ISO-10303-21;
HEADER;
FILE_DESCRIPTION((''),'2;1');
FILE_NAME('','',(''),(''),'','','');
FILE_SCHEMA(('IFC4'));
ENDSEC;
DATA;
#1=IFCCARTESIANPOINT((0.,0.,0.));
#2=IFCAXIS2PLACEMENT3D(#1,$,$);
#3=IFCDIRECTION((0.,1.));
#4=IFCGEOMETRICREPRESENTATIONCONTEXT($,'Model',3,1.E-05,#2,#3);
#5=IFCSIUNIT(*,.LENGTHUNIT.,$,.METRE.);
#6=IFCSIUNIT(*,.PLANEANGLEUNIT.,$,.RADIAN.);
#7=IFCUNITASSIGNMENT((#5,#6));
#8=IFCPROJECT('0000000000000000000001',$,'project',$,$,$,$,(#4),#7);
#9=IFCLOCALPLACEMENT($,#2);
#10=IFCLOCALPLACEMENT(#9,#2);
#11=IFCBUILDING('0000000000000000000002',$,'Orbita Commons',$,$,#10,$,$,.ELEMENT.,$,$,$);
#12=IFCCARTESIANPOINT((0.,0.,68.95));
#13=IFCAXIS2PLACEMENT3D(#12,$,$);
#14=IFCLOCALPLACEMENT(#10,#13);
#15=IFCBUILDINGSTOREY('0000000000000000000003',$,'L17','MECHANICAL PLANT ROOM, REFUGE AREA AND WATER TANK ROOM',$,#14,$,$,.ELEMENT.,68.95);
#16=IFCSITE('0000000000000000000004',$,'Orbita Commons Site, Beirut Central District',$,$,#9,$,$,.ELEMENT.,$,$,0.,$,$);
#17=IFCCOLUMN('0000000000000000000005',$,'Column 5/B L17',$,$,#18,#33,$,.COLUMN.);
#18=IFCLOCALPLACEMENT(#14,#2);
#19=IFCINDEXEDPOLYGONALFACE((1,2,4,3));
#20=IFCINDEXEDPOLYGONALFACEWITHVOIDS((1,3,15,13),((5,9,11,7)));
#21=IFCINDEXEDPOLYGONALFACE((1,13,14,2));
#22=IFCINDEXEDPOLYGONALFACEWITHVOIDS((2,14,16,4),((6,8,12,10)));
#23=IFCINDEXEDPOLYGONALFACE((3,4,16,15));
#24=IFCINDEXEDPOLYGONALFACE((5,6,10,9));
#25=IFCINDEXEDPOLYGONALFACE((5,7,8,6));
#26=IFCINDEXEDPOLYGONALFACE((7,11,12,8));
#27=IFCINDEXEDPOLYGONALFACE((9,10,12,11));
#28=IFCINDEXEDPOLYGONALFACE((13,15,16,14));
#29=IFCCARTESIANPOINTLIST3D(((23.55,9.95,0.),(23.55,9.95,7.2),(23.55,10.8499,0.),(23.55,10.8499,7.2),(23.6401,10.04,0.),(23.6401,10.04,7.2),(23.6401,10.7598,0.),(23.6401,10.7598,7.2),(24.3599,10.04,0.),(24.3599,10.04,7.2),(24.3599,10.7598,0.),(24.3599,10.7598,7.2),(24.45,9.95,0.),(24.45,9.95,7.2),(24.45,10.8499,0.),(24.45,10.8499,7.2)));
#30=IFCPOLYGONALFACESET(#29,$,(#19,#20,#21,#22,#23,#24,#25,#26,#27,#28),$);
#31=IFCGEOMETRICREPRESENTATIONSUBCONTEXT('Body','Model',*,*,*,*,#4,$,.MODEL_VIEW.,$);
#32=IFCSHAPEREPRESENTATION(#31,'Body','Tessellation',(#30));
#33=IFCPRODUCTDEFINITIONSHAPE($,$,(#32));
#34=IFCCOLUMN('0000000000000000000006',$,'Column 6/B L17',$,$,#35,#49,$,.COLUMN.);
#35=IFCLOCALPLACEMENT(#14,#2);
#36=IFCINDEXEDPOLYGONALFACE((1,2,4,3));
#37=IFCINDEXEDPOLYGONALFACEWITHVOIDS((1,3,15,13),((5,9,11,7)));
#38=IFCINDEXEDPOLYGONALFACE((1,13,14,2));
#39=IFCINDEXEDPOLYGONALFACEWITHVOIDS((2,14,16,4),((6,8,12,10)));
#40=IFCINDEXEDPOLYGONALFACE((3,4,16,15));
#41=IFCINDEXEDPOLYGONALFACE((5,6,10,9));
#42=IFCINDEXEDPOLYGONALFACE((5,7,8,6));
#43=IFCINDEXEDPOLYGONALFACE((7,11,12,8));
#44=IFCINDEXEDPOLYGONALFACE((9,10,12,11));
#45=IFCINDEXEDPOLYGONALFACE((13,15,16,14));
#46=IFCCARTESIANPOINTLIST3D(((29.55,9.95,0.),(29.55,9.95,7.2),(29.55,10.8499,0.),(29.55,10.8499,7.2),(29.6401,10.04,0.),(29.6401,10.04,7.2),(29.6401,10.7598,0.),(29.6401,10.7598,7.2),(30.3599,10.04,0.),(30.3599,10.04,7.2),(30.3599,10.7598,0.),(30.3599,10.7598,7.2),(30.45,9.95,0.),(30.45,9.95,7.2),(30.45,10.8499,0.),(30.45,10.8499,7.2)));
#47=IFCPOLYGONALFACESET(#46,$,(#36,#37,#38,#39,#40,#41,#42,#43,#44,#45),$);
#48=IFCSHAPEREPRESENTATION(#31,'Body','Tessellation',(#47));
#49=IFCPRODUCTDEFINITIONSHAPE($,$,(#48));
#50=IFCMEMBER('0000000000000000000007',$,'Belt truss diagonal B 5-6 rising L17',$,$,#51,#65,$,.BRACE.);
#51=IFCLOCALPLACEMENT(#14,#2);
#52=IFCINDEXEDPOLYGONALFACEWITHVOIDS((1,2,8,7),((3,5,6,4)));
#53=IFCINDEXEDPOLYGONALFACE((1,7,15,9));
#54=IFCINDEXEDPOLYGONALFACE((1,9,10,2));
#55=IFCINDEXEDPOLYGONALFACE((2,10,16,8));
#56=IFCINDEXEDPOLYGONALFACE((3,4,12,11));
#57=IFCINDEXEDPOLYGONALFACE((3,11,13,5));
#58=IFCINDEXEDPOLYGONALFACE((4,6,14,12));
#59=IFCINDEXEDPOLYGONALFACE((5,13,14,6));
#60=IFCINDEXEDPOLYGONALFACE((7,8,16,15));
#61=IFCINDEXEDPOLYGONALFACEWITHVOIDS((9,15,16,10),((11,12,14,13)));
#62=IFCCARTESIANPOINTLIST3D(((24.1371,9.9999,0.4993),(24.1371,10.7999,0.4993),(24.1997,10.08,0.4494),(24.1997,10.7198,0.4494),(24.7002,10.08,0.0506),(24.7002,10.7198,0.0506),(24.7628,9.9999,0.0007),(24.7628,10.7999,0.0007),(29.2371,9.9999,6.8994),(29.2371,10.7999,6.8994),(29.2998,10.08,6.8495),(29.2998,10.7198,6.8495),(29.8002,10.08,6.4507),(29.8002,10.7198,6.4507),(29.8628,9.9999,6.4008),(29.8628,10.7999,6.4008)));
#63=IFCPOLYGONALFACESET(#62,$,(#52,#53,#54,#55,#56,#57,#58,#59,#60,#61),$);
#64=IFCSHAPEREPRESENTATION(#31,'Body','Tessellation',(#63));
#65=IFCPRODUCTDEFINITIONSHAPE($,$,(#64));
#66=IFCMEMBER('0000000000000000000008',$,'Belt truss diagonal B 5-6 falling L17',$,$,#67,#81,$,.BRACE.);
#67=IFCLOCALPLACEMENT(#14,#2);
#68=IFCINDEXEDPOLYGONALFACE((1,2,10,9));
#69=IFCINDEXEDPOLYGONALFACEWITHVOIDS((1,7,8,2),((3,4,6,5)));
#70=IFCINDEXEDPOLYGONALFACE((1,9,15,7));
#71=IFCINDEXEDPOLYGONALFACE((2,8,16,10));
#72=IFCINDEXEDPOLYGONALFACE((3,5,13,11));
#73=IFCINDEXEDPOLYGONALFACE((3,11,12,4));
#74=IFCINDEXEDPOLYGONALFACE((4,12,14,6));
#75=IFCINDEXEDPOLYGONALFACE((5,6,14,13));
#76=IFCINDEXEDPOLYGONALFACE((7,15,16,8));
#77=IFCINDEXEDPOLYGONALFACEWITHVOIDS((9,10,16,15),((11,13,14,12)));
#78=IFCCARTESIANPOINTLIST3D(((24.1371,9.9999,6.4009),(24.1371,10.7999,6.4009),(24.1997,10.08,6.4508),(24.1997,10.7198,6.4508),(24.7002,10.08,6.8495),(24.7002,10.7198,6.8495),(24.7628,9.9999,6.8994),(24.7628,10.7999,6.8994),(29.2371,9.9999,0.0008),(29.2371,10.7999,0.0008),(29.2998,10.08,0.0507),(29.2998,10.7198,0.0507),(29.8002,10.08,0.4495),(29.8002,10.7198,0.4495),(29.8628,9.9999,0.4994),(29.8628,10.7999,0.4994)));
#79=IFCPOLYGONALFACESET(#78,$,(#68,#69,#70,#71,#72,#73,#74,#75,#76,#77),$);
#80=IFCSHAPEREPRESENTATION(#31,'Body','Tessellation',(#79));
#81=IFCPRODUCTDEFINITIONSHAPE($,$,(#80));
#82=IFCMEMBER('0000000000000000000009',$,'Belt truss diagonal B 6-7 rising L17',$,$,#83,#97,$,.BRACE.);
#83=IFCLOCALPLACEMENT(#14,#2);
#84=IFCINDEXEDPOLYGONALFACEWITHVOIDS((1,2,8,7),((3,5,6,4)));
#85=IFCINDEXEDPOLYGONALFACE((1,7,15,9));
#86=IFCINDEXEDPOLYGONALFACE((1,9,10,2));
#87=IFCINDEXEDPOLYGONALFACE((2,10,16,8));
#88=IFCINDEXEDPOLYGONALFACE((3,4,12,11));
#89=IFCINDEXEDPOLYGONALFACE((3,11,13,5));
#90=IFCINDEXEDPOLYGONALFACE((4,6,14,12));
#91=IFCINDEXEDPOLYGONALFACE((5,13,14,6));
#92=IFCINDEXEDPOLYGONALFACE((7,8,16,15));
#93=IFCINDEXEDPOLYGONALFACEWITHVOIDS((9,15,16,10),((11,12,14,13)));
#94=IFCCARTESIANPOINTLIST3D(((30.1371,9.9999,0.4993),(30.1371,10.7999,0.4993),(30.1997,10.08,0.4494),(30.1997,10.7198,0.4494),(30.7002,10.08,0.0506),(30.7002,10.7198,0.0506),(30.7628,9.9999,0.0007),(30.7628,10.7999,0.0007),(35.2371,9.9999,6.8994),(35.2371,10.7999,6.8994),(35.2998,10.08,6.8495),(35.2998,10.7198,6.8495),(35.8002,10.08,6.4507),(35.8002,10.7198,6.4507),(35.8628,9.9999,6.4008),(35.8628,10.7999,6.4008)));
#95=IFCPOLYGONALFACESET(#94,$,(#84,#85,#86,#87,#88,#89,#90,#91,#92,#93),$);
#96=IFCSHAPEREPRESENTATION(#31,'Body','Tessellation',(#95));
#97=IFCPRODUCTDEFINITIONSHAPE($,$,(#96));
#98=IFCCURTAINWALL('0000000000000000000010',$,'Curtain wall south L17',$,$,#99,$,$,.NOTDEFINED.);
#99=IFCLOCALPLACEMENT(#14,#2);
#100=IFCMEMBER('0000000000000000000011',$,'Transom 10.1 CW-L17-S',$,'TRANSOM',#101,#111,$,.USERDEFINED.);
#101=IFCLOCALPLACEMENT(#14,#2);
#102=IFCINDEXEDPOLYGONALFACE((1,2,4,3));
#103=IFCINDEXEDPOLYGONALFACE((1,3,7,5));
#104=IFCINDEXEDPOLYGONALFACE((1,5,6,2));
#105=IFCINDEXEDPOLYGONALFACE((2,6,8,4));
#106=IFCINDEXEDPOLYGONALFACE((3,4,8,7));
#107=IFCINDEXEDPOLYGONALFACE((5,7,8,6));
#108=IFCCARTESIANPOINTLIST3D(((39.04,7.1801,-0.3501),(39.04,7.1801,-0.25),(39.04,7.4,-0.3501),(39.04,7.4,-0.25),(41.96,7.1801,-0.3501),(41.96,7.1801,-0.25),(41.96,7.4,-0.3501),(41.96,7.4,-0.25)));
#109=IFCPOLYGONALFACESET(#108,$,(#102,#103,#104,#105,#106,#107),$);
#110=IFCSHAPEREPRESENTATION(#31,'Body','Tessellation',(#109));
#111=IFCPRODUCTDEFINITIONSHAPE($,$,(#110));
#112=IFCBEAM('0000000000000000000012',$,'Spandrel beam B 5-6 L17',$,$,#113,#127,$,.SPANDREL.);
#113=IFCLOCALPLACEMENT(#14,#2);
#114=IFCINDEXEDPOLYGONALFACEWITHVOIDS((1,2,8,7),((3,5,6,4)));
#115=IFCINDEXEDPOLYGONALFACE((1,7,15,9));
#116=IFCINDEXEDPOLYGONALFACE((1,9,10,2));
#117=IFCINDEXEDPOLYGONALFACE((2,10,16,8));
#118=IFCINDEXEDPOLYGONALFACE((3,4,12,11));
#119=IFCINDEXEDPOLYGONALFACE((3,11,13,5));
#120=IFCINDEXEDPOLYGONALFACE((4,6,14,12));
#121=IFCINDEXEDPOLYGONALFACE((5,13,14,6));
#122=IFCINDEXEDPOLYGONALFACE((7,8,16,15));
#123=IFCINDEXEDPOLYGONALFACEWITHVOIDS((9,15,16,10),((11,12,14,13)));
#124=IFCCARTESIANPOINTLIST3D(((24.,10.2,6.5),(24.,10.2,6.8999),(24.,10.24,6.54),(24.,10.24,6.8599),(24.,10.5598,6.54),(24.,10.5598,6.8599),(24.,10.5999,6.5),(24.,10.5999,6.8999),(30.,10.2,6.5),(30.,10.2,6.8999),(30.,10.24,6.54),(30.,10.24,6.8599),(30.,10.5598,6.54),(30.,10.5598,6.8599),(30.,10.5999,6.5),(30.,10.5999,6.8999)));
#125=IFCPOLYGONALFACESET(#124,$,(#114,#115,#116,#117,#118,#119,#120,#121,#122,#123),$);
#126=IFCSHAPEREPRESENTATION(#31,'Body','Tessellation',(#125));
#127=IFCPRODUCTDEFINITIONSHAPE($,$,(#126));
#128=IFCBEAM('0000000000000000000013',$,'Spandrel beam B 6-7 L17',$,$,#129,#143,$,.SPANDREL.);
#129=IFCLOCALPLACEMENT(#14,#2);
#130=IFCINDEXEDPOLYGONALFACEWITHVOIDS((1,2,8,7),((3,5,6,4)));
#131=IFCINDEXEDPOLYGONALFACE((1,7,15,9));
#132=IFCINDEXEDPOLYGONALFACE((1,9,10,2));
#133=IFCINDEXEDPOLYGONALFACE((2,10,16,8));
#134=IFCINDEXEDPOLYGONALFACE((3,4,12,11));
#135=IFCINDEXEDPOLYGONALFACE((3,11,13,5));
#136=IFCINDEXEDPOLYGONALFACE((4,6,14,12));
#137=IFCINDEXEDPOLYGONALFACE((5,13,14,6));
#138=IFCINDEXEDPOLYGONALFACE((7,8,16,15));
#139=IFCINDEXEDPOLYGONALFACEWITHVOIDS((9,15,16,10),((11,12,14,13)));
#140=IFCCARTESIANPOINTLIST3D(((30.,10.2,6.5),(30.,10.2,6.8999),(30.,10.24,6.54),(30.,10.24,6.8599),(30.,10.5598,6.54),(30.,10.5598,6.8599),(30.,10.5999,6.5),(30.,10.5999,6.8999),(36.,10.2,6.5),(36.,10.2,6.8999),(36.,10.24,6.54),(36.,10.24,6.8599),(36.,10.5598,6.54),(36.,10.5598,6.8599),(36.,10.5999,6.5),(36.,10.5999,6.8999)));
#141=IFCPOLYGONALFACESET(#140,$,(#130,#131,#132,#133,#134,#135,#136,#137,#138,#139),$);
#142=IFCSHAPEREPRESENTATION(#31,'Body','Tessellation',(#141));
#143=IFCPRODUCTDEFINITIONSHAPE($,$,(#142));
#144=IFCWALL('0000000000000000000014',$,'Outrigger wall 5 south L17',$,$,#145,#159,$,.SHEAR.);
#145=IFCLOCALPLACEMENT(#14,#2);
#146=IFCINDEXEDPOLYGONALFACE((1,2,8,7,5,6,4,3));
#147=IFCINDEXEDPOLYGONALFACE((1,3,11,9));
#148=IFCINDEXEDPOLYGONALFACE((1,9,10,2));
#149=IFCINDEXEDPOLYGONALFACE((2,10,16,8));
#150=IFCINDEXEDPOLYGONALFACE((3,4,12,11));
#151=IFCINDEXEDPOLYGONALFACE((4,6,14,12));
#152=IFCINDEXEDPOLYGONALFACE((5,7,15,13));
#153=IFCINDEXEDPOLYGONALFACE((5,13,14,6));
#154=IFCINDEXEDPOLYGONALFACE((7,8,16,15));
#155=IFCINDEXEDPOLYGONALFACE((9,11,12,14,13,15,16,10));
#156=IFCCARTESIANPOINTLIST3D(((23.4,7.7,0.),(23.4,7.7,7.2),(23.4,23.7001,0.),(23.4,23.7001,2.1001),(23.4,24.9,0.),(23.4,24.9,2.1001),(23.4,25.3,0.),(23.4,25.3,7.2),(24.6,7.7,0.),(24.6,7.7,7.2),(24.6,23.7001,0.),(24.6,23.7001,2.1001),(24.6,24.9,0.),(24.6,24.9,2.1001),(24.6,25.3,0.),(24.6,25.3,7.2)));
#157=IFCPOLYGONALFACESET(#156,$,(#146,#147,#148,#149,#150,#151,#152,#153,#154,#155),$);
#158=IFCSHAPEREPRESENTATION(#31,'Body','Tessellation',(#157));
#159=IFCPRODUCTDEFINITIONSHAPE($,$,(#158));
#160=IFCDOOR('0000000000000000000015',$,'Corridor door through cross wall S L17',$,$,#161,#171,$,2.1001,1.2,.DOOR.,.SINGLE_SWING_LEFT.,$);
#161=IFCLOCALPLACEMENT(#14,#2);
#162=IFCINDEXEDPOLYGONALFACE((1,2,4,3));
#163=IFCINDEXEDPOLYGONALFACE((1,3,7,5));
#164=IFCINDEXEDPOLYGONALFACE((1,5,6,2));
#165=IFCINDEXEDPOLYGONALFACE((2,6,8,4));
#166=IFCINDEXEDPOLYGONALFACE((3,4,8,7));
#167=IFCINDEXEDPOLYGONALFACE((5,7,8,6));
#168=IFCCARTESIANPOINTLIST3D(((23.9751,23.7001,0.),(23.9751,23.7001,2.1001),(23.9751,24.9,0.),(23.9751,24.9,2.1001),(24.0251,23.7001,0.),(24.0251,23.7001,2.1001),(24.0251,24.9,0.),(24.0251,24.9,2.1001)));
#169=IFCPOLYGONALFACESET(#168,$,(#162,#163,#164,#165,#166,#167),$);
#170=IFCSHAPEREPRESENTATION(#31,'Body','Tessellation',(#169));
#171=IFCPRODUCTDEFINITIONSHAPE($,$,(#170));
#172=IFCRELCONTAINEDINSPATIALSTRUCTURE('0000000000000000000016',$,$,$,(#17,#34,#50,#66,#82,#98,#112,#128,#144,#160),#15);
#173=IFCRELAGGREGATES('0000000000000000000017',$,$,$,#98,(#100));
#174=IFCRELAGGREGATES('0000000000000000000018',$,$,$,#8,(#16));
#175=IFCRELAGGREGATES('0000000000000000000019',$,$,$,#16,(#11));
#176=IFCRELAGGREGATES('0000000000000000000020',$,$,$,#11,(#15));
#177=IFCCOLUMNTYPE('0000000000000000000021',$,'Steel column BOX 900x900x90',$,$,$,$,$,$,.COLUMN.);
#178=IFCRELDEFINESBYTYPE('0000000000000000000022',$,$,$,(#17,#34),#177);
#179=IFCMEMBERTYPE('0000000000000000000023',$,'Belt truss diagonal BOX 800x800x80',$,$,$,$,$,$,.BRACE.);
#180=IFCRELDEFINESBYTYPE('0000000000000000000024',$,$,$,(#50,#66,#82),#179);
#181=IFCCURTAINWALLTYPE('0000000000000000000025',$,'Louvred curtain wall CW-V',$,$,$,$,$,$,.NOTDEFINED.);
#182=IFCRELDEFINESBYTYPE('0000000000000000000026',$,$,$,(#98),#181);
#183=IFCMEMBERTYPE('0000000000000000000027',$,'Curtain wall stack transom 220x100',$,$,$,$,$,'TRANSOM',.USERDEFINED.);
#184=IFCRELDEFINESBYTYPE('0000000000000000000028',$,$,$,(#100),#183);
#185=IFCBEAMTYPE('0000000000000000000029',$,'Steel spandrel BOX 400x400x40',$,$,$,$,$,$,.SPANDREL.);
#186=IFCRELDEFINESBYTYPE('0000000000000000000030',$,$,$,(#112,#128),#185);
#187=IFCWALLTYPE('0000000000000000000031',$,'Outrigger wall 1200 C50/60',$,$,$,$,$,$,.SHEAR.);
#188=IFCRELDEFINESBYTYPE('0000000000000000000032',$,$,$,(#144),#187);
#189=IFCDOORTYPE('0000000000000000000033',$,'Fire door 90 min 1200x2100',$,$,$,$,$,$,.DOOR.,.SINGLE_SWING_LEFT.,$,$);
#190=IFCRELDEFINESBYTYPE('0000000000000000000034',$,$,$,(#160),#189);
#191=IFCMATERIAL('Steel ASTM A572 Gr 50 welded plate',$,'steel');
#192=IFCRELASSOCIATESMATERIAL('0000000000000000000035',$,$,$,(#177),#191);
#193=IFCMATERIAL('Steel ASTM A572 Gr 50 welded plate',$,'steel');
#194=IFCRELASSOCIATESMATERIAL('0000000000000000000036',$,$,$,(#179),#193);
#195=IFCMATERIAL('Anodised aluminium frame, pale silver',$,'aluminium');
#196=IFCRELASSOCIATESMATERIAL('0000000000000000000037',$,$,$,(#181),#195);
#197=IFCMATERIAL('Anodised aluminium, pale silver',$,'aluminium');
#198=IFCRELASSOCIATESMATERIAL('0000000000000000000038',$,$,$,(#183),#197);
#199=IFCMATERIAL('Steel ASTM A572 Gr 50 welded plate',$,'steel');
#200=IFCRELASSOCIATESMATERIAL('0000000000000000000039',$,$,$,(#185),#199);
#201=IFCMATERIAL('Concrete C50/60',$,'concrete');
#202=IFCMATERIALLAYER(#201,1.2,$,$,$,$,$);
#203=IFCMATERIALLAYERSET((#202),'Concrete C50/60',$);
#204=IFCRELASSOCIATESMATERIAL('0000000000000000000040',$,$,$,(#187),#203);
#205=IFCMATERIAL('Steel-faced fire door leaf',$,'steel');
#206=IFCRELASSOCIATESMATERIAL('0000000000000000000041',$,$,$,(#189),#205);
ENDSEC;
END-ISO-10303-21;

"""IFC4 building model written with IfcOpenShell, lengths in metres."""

from ifc_helpers import new_model, si_unit, direction, frame, frame_2d, origin, origin_2d, place, context, subcontext, project, spatial, rectangle, hollow_rectangle, extrude, material, layer, layer_set, material_profile, profile_set, type_object, element, fill, aggregate, save


model = new_model("IFC4")

# Units and contexts
model_context = context("Model", 3, precision=1e-05, world=origin(), true_north=direction((0.0, 1.0)))
body_context = subcontext(model_context, "Body", "Model", "MODEL_VIEW")
ifc_project = project(units=[si_unit("LENGTHUNIT", "METRE"), si_unit("PLANEANGLEUNIT", "RADIAN")], contexts=[model_context])

# Site, building, storey
site_placement = place(None, origin())
site = spatial("IfcSite", under=ifc_project, at=site_placement, Name="Orbita Commons Site, Beirut Central District", CompositionType="ELEMENT", RefElevation=0.0)
building_placement = place(site_placement, origin())
building = spatial("IfcBuilding", under=site, at=building_placement, Name="Orbita Commons", CompositionType="ELEMENT")
storey_placement = place(building_placement, frame((0.0, 0.0, 68.95)))
storey = spatial("IfcBuildingStorey", under=building, at=storey_placement, Name="L17", Description="MECHANICAL PLANT ROOM, REFUGE AREA AND WATER TANK ROOM", CompositionType="ELEMENT", Elevation=68.95)

# Columns
ifc_material_1 = material(Name="Steel ASTM A572 Gr 50 welded plate", Category="steel")
ifc_material_profile_1 = material_profile(ifc_material_1, hollow_rectangle(XDim=0.8999, YDim=0.8999, WallThickness=0.0901, at=origin_2d()), Name="BOX 900x900x90")
ifc_profile_set_1 = profile_set([ifc_material_profile_1], Name="Steel ASTM A572 Gr 50 welded plate")
column_type = type_object("IfcColumnType", Name="Steel column BOX 900x900x90", PredefinedType="COLUMN", material=ifc_profile_set_1)
for number, where, z_axis, x_axis, name in (
    (1, (24.0, 10.3999, 0.0), (0.0, 0.0, 1.0), (1.0, 0.0, 0.0), "Column 5/B L17"),
    (2, (30.0, 10.3999, 0.0), (0.0, 0.0, 1.0), (1.0, 0.0, 0.0), "Column 6/B L17"),
):
    element("IfcColumn", number, at=place(storey_placement, frame(where, z_axis=z_axis, x_axis=x_axis)), inside=storey, type_object=column_type, Name=name, PredefinedType="COLUMN", context=body_context, shape_type="SweptSolid", body=[
        extrude(hollow_rectangle(XDim=0.8999, YDim=0.8999, WallThickness=0.0901, at=origin_2d()), origin(), (0.0, 0.0, 1.0), 7.2),
    ])

# Members
ifc_material_2 = material(Name="Steel ASTM A572 Gr 50 welded plate", Category="steel")
ifc_material_profile_2 = material_profile(ifc_material_2, hollow_rectangle(XDim=0.8, YDim=0.8, WallThickness=0.0801, at=origin_2d()), Name="BOX 800x800x80")
ifc_profile_set_2 = profile_set([ifc_material_profile_2], Name="Steel ASTM A572 Gr 50 welded plate")
member_type_1 = type_object("IfcMemberType", Name="Belt truss diagonal BOX 800x800x80", PredefinedType="BRACE", material=ifc_profile_set_2)
for number, where, z_axis, x_axis, name in (
    (3, (24.45, 10.3999, 0.25), (0.623202, 0.0, 0.782061), (0.0, 1.0, 0.0), "Belt truss diagonal B 5-6 rising L17"),
    (4, (24.45, 10.3999, 6.6501), (0.623202, 0.0, -0.782061), (0.0, 1.0, 0.0), "Belt truss diagonal B 5-6 falling L17"),
    (5, (30.45, 10.3999, 0.25), (0.623202, 0.0, 0.782061), (0.0, 1.0, 0.0), "Belt truss diagonal B 6-7 rising L17"),
):
    element("IfcMember", number, at=place(storey_placement, frame(where, z_axis=z_axis, x_axis=x_axis)), inside=storey, type_object=member_type_1, Name=name, PredefinedType="BRACE", context=body_context, shape_type="SweptSolid", body=[
        extrude(hollow_rectangle(XDim=0.8, YDim=0.8, WallThickness=0.0801, at=origin_2d()), origin(), (0.0, 0.0, 1.0), 8.1836),
    ])

# Curtain wall, member
ifc_material_3 = material(Name="Anodised aluminium frame, pale silver", Category="aluminium")
curtain_wall_type = type_object("IfcCurtainWallType", Name="Louvred curtain wall CW-V", PredefinedType="NOTDEFINED", material=ifc_material_3)
curtain_wall_placement = place(storey_placement, origin())
curtain_wall = element("IfcCurtainWall", 6, at=curtain_wall_placement, inside=storey, type_object=curtain_wall_type, Name="Curtain wall south L17", PredefinedType="NOTDEFINED")
ifc_material_4 = material(Name="Anodised aluminium, pale silver", Category="aluminium")
ifc_material_profile_3 = material_profile(ifc_material_4, rectangle(XDim=0.22, YDim=0.1001, at=origin_2d()), Name="AL 220x100")
ifc_profile_set_3 = profile_set([ifc_material_profile_3], Name="Anodised aluminium, pale silver")
member_type_2 = type_object("IfcMemberType", Name="Curtain wall stack transom 220x100", ElementType="TRANSOM", PredefinedType="USERDEFINED", material=ifc_profile_set_3)
member_placement = place(storey_placement, frame((39.04, 7.29, -0.3), z_axis=(1.0, 0.0, 0.0), x_axis=(0.0, 1.0, 0.0)))
member = element("IfcMember", 7, at=member_placement, type_object=member_type_2, Name="Transom 10.1 CW-L17-S", ObjectType="TRANSOM", PredefinedType="USERDEFINED", context=body_context, shape_type="SweptSolid", body=[
    extrude(rectangle(XDim=0.22, YDim=0.1001, at=origin_2d()), origin(), (0.0, 0.0, 1.0), 2.9199),
])
aggregate(curtain_wall, [member])

# Beams
ifc_material_5 = material(Name="Steel ASTM A572 Gr 50 welded plate", Category="steel")
ifc_material_profile_4 = material_profile(ifc_material_5, hollow_rectangle(XDim=0.3999, YDim=0.3999, WallThickness=0.04, at=origin_2d()), Name="BOX 400x400x40")
ifc_profile_set_4 = profile_set([ifc_material_profile_4], Name="Steel ASTM A572 Gr 50 welded plate")
beam_type = type_object("IfcBeamType", Name="Steel spandrel BOX 400x400x40", PredefinedType="SPANDREL", material=ifc_profile_set_4)
for number, where, z_axis, x_axis, name in (
    (8, (24.0, 10.3999, 6.7), (1.0, 0.0, 0.0), (0.0, 1.0, 0.0), "Spandrel beam B 5-6 L17"),
    (9, (30.0, 10.3999, 6.7), (1.0, 0.0, 0.0), (0.0, 1.0, 0.0), "Spandrel beam B 6-7 L17"),
):
    element("IfcBeam", number, at=place(storey_placement, frame(where, z_axis=z_axis, x_axis=x_axis)), inside=storey, type_object=beam_type, Name=name, PredefinedType="SPANDREL", context=body_context, shape_type="SweptSolid", body=[
        extrude(hollow_rectangle(XDim=0.3999, YDim=0.3999, WallThickness=0.04, at=origin_2d()), origin(), (0.0, 0.0, 1.0), 6.0),
    ])

# Wall, opening, door
ifc_material_6 = material(Name="Concrete C50/60", Category="concrete")
ifc_layer_1 = layer(ifc_material_6, 1.2)
ifc_layer_set_1 = layer_set([ifc_layer_1], Name="Concrete C50/60")
wall_type_1 = type_object("IfcWallType", Name="Outrigger wall 1200 C50/60", PredefinedType="SHEAR", material=ifc_layer_set_1)
wall_1_placement = place(storey_placement, frame((24.0, 7.7, 0.0), z_axis=(0.0, 0.0, 1.0), x_axis=(0.0, 1.0, 0.0)))
wall_1 = element("IfcWall", 10, at=wall_1_placement, inside=storey, type_object=wall_type_1, Name="Outrigger wall 5 south L17", PredefinedType="SHEAR", context=body_context, shape_type="SweptSolid", body=[
    extrude(rectangle(XDim=17.6001, YDim=1.2, at=frame_2d((8.8, 0.0))), origin(), (0.0, 0.0, 1.0), 7.2),
])
opening_1_placement = place(wall_1_placement, frame((16.0, 0.0, 0.0)))
opening_1 = element("IfcOpeningElement", 11, at=opening_1_placement, cuts=wall_1, PredefinedType="OPENING", context=body_context, shape_type="SweptSolid", body=[
    extrude(rectangle(XDim=1.2, YDim=2.1001, at=frame_2d((0.6001, 1.05))), frame((0.0, 0.6099, 0.0), z_axis=(0.0, -1.0, 0.0), x_axis=(1.0, 0.0, 0.0)), (0.0, 0.0, 1.0), 1.22),
])
ifc_material_7 = material(Name="Steel-faced fire door leaf", Category="steel")
door_type = type_object("IfcDoorType", Name="Fire door 90 min 1200x2100", OperationType="SINGLE_SWING_LEFT", PredefinedType="DOOR", material=ifc_material_7)
door_1_placement = place(opening_1_placement, origin())
door_1 = element("IfcDoor", 12, at=door_1_placement, inside=storey, type_object=door_type, Name="Corridor door through cross wall S L17", OperationType="SINGLE_SWING_LEFT", OverallHeight=2.1001, OverallWidth=1.2, PredefinedType="DOOR", context=body_context, shape_type="SweptSolid", body=[
    extrude(rectangle(XDim=1.2, YDim=2.1001, at=frame_2d((0.6001, 1.05))), frame((0.0, 0.0249, 0.0), z_axis=(0.0, -1.0, 0.0), x_axis=(1.0, 0.0, 0.0)), (0.0, 0.0, 1.0), 0.05),
])
fill(opening_1, door_1)

save(model, "model.ifc")
